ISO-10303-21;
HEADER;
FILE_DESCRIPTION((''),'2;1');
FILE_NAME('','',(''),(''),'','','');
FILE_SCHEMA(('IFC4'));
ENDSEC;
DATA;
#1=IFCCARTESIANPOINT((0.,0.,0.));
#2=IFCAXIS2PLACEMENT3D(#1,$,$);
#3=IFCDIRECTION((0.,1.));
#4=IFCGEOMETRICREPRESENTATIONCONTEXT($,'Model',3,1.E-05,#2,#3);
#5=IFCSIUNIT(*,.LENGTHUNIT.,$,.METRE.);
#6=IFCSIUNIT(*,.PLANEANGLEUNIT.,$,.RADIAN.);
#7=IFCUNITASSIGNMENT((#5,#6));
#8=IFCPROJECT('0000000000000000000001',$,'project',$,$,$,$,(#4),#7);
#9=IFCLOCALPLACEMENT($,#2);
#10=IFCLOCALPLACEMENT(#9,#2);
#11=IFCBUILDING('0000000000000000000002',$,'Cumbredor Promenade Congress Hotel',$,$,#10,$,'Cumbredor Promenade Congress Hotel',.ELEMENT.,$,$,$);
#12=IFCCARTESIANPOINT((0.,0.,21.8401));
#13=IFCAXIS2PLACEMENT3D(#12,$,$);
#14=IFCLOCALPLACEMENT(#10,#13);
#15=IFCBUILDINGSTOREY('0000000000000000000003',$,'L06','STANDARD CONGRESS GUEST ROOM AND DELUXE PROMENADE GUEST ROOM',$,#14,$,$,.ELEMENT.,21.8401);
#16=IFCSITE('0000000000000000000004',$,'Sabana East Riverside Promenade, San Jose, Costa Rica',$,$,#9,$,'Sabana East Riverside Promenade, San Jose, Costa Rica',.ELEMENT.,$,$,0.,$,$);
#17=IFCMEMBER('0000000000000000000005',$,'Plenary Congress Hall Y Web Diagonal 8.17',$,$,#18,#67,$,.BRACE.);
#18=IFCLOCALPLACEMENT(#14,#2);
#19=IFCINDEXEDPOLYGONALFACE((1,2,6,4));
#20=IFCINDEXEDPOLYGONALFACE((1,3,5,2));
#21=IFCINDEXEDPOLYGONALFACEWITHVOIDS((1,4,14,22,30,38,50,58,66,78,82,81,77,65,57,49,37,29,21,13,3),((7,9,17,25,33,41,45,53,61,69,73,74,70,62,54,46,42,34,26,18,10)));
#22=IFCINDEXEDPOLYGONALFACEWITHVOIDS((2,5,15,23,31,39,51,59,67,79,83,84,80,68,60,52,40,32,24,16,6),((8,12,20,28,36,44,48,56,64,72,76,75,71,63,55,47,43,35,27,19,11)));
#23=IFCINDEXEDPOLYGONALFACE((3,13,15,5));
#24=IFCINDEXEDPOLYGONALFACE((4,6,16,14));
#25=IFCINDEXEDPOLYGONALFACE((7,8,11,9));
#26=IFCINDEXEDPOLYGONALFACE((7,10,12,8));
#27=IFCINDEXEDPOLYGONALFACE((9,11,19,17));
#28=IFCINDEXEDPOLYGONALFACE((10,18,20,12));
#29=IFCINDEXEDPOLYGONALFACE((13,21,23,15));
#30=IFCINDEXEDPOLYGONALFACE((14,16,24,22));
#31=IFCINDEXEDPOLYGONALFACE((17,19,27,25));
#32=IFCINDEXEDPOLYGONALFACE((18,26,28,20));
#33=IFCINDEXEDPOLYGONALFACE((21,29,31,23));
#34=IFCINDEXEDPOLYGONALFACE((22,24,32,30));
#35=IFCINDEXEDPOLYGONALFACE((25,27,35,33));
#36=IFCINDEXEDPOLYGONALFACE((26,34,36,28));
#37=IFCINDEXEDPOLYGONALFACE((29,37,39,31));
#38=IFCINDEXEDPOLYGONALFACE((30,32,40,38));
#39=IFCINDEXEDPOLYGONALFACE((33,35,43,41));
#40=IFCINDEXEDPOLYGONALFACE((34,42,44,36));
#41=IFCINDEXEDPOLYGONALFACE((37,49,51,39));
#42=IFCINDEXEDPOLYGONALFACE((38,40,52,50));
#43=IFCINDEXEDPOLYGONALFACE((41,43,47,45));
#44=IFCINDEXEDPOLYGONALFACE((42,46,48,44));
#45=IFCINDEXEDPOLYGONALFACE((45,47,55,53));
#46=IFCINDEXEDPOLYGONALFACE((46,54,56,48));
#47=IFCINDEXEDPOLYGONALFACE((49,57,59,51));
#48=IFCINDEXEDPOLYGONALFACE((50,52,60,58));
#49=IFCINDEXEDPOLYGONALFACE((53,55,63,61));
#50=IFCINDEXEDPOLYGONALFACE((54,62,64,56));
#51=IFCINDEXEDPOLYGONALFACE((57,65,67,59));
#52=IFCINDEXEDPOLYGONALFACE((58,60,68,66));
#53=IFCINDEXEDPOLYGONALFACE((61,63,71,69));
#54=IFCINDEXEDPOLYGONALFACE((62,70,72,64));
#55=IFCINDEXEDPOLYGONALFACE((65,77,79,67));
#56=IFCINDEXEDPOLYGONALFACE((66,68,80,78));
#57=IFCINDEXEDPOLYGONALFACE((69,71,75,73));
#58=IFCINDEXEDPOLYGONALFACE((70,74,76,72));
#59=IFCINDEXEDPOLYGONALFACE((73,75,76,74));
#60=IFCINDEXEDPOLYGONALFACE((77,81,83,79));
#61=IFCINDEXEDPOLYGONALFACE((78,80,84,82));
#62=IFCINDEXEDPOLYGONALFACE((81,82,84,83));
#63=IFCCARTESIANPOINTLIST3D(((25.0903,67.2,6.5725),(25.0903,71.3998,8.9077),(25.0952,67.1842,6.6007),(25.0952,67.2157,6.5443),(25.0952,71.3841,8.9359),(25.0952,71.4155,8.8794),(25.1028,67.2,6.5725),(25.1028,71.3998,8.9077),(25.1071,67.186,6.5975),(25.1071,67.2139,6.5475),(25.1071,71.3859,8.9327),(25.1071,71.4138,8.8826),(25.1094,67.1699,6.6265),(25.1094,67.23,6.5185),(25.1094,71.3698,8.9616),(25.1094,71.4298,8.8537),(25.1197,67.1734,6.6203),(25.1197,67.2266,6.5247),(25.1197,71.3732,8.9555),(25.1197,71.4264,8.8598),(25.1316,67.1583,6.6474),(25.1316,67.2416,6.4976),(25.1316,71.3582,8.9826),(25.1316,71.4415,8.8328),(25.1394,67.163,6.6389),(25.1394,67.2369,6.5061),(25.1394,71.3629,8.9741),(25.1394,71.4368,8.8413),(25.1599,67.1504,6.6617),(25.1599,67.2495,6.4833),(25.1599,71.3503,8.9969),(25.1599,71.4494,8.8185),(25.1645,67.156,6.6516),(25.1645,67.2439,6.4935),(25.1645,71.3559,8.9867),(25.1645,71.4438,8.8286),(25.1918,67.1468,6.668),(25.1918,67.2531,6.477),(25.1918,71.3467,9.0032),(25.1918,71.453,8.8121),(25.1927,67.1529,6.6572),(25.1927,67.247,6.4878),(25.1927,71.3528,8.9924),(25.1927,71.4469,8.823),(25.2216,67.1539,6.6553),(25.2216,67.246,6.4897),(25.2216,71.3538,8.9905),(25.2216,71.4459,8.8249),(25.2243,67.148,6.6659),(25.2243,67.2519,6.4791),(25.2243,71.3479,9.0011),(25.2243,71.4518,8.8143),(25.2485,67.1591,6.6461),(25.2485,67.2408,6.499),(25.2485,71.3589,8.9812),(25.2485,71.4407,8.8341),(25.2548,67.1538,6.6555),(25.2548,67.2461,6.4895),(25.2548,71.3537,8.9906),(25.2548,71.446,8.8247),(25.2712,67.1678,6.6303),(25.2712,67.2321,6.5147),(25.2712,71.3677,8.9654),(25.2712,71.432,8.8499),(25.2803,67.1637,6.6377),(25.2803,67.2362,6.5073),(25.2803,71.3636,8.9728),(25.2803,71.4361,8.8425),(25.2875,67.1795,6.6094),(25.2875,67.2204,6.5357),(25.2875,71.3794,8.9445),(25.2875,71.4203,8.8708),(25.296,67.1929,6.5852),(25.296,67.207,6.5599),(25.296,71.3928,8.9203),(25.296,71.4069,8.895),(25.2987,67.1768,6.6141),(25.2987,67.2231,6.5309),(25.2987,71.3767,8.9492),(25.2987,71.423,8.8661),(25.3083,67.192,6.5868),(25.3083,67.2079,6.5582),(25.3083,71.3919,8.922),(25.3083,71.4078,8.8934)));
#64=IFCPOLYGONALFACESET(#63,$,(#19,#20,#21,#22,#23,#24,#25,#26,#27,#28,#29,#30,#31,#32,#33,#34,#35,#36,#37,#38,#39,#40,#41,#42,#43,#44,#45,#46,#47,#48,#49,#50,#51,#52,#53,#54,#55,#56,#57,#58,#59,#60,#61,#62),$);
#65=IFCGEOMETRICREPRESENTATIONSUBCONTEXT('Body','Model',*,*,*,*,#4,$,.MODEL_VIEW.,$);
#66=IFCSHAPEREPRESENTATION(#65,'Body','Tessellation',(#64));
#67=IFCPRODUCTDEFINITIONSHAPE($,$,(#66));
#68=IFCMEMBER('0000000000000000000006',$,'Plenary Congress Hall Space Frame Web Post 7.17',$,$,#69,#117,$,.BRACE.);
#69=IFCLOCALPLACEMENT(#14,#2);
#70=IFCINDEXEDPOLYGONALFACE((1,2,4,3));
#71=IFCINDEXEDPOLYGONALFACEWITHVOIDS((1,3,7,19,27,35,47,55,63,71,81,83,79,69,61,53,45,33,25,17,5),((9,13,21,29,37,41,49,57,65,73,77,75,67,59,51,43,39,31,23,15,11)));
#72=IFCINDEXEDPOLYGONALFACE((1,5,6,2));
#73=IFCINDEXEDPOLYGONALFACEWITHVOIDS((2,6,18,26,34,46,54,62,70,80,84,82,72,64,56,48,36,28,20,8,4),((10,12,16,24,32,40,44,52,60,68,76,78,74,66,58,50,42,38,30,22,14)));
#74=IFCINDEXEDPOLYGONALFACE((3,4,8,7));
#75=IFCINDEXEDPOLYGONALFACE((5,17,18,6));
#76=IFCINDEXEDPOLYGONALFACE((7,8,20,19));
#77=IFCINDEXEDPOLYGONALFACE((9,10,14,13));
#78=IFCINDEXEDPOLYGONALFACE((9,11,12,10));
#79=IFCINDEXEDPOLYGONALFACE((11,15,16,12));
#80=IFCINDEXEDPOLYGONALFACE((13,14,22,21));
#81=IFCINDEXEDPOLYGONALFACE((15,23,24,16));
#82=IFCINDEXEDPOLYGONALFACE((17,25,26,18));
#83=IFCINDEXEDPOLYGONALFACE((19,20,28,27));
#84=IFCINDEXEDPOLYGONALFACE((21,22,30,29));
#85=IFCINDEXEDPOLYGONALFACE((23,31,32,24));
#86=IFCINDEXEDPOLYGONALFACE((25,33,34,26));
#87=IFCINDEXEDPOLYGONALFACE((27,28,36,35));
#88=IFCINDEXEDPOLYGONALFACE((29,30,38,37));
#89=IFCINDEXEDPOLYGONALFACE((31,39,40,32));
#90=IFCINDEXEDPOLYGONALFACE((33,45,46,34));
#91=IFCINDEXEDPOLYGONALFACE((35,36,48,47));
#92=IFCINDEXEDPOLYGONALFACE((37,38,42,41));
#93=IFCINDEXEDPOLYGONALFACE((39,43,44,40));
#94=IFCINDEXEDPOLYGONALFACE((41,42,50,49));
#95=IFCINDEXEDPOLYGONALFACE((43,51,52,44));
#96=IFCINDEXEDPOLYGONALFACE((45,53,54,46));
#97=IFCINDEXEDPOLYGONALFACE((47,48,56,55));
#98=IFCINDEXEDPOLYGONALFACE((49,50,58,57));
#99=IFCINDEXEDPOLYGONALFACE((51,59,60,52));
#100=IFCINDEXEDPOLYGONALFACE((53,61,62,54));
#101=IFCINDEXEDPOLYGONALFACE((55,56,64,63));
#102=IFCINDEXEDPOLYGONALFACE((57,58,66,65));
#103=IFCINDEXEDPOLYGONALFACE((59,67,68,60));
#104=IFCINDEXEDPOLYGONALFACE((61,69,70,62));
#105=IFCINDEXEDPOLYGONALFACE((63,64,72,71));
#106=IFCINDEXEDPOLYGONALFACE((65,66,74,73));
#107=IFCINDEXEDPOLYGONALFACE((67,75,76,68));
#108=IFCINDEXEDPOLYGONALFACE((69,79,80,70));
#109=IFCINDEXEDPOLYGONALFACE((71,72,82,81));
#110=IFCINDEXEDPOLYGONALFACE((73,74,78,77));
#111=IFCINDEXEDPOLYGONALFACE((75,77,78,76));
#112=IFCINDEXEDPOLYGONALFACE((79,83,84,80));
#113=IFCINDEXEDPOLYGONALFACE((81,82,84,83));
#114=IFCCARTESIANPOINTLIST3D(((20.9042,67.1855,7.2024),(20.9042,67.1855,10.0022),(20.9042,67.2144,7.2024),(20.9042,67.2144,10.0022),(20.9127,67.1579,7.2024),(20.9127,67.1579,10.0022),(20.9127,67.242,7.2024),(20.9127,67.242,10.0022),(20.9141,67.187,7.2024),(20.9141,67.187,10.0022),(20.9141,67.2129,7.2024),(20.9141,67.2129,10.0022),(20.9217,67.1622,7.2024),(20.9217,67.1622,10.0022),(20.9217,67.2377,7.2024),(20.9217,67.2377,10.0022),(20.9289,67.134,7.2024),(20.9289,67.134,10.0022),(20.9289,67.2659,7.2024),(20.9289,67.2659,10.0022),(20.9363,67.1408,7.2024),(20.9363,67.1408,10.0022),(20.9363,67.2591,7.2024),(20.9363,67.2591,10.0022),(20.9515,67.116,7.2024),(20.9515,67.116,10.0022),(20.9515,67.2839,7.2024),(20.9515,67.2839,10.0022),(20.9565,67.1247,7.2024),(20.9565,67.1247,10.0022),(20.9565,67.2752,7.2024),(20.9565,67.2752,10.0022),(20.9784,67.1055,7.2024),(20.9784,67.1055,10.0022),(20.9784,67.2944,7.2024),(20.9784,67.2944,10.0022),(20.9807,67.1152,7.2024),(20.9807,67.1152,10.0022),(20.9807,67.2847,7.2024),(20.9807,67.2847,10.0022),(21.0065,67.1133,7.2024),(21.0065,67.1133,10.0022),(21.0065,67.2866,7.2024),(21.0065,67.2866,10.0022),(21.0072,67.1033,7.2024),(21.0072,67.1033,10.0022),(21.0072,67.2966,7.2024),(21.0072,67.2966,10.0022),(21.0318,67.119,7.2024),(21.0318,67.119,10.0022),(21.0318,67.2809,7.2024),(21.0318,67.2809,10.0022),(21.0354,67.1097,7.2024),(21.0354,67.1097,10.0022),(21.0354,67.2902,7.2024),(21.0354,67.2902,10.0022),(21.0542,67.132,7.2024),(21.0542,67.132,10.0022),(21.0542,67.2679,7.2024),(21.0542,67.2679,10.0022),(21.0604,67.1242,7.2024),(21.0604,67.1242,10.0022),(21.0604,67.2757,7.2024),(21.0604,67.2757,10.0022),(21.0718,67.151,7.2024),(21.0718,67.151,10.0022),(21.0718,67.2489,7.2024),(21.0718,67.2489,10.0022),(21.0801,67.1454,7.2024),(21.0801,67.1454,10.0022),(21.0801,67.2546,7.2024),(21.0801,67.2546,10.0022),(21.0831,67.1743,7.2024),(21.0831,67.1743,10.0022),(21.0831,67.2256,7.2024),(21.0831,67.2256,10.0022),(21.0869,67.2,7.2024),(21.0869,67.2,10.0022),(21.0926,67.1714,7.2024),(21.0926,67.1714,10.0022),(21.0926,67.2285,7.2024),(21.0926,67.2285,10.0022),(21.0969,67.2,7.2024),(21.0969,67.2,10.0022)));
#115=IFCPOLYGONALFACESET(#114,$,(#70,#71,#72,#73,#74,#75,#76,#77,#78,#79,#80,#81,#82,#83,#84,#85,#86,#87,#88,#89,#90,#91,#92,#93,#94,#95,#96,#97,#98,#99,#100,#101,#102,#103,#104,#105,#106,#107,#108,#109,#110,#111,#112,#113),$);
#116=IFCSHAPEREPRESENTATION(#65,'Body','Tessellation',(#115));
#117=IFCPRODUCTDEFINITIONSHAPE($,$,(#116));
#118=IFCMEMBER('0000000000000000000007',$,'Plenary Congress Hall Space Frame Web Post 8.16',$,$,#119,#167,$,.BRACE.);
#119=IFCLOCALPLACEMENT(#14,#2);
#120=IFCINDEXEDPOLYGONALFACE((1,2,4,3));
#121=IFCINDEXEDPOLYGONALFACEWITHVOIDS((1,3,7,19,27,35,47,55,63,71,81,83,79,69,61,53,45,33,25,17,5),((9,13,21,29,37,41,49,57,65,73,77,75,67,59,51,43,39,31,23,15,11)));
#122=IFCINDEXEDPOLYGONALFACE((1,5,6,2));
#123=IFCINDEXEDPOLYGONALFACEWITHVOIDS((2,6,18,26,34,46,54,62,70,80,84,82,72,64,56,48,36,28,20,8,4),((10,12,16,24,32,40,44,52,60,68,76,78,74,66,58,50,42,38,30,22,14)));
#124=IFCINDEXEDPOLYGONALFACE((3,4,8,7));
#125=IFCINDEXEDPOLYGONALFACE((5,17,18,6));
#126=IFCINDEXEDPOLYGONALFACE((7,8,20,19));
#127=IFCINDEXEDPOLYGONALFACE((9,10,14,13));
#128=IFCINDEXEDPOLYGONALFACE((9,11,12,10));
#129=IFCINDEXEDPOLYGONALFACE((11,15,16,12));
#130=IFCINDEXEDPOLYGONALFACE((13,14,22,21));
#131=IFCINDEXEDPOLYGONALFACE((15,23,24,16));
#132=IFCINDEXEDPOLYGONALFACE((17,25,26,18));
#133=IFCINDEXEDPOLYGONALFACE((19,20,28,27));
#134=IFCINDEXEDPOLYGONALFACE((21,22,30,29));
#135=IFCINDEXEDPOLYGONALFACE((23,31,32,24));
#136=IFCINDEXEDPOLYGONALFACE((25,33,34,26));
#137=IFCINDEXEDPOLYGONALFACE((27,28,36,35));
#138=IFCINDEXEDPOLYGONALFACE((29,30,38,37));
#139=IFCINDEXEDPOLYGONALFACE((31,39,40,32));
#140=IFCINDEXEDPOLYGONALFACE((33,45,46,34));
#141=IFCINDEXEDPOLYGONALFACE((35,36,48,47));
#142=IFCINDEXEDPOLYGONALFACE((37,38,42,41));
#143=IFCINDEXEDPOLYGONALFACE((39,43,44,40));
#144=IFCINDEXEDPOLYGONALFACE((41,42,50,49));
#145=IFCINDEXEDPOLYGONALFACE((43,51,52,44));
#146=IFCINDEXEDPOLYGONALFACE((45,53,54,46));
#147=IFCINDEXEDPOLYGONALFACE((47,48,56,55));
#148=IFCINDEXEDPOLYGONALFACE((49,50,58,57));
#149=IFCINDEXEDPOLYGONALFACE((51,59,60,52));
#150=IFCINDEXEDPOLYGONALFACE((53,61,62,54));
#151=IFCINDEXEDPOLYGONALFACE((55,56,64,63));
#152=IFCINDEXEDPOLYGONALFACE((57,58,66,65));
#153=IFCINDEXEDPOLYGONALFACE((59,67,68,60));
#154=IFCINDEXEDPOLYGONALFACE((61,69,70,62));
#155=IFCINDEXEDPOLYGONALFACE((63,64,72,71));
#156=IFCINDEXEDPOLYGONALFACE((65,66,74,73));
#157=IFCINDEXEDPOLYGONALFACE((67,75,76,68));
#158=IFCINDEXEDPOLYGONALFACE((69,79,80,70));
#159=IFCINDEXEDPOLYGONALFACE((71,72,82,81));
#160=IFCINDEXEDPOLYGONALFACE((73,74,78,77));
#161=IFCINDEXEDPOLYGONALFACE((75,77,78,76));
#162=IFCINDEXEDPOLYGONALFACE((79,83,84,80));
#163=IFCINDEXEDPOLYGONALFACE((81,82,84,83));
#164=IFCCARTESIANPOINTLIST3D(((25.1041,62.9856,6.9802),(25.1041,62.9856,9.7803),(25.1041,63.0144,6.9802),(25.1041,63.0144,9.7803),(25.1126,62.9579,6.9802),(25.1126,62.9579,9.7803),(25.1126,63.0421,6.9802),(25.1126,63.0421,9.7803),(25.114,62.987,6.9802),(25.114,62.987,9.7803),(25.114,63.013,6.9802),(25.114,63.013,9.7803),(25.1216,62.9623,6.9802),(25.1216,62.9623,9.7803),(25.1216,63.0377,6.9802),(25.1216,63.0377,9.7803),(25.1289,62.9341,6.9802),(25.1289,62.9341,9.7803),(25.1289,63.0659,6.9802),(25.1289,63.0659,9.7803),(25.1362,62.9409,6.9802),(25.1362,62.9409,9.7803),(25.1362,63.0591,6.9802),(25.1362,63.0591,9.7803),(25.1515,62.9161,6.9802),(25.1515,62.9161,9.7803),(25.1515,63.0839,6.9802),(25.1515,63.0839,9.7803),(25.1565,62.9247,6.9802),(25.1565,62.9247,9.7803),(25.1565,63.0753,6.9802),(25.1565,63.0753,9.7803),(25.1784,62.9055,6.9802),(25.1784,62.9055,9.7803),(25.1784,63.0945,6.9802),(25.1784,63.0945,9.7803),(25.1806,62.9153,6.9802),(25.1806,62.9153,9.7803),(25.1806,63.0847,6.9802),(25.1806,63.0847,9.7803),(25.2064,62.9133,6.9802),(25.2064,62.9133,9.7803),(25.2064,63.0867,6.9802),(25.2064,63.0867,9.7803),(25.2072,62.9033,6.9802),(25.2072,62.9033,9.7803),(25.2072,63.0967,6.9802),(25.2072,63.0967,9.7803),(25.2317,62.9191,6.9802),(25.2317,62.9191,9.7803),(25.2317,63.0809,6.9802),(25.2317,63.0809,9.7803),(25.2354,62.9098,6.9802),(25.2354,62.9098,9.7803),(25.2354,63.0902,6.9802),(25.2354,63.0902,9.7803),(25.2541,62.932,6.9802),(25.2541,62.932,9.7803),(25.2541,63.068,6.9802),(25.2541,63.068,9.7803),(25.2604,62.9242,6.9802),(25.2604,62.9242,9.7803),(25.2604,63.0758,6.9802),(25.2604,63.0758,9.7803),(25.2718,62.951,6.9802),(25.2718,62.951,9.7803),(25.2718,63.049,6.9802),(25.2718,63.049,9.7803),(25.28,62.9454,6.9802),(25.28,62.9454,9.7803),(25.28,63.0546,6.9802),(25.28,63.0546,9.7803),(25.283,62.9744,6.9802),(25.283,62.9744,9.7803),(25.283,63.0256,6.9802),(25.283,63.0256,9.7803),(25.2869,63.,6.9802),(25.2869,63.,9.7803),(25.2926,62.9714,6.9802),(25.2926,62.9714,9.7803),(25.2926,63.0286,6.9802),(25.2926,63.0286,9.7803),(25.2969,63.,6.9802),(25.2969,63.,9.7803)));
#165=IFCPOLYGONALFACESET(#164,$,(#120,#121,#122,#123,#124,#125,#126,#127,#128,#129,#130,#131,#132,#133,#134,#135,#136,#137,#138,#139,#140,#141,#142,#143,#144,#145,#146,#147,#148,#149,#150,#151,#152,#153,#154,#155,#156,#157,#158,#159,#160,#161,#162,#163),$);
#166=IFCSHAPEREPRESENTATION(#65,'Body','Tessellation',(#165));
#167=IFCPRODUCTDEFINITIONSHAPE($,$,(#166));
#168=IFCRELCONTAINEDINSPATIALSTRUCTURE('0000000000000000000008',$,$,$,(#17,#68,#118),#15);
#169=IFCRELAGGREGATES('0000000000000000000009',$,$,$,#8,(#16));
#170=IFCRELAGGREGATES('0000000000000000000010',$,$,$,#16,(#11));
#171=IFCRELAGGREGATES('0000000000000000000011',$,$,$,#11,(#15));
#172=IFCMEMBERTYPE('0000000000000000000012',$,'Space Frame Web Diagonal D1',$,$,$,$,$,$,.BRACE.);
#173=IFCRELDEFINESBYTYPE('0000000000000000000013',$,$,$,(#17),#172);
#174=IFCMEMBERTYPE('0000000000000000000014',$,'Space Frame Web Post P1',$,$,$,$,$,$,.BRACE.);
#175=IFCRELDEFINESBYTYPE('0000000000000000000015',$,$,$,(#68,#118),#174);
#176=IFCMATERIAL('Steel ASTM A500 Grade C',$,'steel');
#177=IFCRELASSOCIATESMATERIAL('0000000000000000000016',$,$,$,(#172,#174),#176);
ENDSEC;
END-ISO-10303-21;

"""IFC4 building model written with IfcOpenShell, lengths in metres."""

from ifc_helpers import new_model, si_unit, direction, frame, origin, origin_2d, place, context, subcontext, project, spatial, hollow_circle, extrude, material, material_profile, profile_set, type_object, element, save


model = new_model("IFC4")

# Units and contexts
model_context = context("Model", 3, precision=1e-05, world=origin(), true_north=direction((0.0, 1.0)))
body_context = subcontext(model_context, "Body", "Model", "MODEL_VIEW")
ifc_project = project(units=[si_unit("LENGTHUNIT", "METRE"), si_unit("PLANEANGLEUNIT", "RADIAN")], contexts=[model_context])

# Site, building, storey
site_placement = place(None, origin())
site = spatial("IfcSite", under=ifc_project, at=site_placement, Name="Sabana East Riverside Promenade, San Jose, Costa Rica", LongName="Sabana East Riverside Promenade, San Jose, Costa Rica", CompositionType="ELEMENT", RefElevation=0.0)
building_placement = place(site_placement, origin())
building = spatial("IfcBuilding", under=site, at=building_placement, Name="Cumbredor Promenade Congress Hotel", LongName="Cumbredor Promenade Congress Hotel", CompositionType="ELEMENT")
storey_placement = place(building_placement, frame((0.0, 0.0, 21.8401)))
storey = spatial("IfcBuildingStorey", under=building, at=storey_placement, Name="L06", Description="STANDARD CONGRESS GUEST ROOM AND DELUXE PROMENADE GUEST ROOM", CompositionType="ELEMENT", Elevation=21.8401)

# Members
ifc_material_1 = material(Name="Steel ASTM A500 Grade C", Category="steel")
ifc_material_profile_1 = material_profile(ifc_material_1, hollow_circle(Radius=0.1096, WallThickness=0.0125, at=origin_2d()), Name="CHS 219.1x12.5")
ifc_profile_set_1 = profile_set([ifc_material_profile_1], Name="Steel ASTM A500 Grade C")
member_type_1 = type_object("IfcMemberType", Name="Space Frame Web Diagonal D1", PredefinedType="BRACE", material=ifc_profile_set_1)
member_1_placement = place(storey_placement, frame((25.2, 67.2, 6.5725), z_axis=(0.0, 0.873989, 0.485945), x_axis=(-1.0, 0.0, 0.0)))
element("IfcMember", 1, at=member_1_placement, inside=storey, type_object=member_type_1, Name="Plenary Congress Hall Y Web Diagonal 8.17", PredefinedType="BRACE", context=body_context, shape_type="SweptSolid", body=[
    extrude(hollow_circle(Radius=0.1096, WallThickness=0.0125, at=origin_2d()), origin(), (0.0, 0.0, 1.0), 4.8054),
])
ifc_material_profile_2 = material_profile(ifc_material_1, hollow_circle(Radius=0.0969, WallThickness=0.01, at=origin_2d()), Name="CHS 193.7x10")
ifc_profile_set_2 = profile_set([ifc_material_profile_2], Name="Steel ASTM A500 Grade C")
member_type_2 = type_object("IfcMemberType", Name="Space Frame Web Post P1", PredefinedType="BRACE", material=ifc_profile_set_2)
member_2_placement = place(storey_placement, frame((21.0, 67.2, 7.2024), z_axis=(0.0, 0.0, 1.0), x_axis=(1.0, 0.0, 0.0)))
element("IfcMember", 2, at=member_2_placement, inside=storey, type_object=member_type_2, Name="Plenary Congress Hall Space Frame Web Post 7.17", PredefinedType="BRACE", context=body_context, shape_type="SweptSolid", body=[
    extrude(hollow_circle(Radius=0.0969, WallThickness=0.01, at=origin_2d()), origin(), (0.0, 0.0, 1.0), 2.7998),
])
for number, where, z_axis, x_axis, name in (
    (3, (25.2, 63.0, 6.9802), (0.0, 0.0, 1.0), (1.0, 0.0, 0.0), "Plenary Congress Hall Space Frame Web Post 8.16"),
):
    element("IfcMember", number, at=place(storey_placement, frame(where, z_axis=z_axis, x_axis=x_axis)), inside=storey, type_object=member_type_2, Name=name, PredefinedType="BRACE", context=body_context, shape_type="SweptSolid", body=[
        extrude(hollow_circle(Radius=0.0969, WallThickness=0.01, at=origin_2d()), origin(), (0.0, 0.0, 1.0), 2.8),
    ])

save(model, "model.ifc")
